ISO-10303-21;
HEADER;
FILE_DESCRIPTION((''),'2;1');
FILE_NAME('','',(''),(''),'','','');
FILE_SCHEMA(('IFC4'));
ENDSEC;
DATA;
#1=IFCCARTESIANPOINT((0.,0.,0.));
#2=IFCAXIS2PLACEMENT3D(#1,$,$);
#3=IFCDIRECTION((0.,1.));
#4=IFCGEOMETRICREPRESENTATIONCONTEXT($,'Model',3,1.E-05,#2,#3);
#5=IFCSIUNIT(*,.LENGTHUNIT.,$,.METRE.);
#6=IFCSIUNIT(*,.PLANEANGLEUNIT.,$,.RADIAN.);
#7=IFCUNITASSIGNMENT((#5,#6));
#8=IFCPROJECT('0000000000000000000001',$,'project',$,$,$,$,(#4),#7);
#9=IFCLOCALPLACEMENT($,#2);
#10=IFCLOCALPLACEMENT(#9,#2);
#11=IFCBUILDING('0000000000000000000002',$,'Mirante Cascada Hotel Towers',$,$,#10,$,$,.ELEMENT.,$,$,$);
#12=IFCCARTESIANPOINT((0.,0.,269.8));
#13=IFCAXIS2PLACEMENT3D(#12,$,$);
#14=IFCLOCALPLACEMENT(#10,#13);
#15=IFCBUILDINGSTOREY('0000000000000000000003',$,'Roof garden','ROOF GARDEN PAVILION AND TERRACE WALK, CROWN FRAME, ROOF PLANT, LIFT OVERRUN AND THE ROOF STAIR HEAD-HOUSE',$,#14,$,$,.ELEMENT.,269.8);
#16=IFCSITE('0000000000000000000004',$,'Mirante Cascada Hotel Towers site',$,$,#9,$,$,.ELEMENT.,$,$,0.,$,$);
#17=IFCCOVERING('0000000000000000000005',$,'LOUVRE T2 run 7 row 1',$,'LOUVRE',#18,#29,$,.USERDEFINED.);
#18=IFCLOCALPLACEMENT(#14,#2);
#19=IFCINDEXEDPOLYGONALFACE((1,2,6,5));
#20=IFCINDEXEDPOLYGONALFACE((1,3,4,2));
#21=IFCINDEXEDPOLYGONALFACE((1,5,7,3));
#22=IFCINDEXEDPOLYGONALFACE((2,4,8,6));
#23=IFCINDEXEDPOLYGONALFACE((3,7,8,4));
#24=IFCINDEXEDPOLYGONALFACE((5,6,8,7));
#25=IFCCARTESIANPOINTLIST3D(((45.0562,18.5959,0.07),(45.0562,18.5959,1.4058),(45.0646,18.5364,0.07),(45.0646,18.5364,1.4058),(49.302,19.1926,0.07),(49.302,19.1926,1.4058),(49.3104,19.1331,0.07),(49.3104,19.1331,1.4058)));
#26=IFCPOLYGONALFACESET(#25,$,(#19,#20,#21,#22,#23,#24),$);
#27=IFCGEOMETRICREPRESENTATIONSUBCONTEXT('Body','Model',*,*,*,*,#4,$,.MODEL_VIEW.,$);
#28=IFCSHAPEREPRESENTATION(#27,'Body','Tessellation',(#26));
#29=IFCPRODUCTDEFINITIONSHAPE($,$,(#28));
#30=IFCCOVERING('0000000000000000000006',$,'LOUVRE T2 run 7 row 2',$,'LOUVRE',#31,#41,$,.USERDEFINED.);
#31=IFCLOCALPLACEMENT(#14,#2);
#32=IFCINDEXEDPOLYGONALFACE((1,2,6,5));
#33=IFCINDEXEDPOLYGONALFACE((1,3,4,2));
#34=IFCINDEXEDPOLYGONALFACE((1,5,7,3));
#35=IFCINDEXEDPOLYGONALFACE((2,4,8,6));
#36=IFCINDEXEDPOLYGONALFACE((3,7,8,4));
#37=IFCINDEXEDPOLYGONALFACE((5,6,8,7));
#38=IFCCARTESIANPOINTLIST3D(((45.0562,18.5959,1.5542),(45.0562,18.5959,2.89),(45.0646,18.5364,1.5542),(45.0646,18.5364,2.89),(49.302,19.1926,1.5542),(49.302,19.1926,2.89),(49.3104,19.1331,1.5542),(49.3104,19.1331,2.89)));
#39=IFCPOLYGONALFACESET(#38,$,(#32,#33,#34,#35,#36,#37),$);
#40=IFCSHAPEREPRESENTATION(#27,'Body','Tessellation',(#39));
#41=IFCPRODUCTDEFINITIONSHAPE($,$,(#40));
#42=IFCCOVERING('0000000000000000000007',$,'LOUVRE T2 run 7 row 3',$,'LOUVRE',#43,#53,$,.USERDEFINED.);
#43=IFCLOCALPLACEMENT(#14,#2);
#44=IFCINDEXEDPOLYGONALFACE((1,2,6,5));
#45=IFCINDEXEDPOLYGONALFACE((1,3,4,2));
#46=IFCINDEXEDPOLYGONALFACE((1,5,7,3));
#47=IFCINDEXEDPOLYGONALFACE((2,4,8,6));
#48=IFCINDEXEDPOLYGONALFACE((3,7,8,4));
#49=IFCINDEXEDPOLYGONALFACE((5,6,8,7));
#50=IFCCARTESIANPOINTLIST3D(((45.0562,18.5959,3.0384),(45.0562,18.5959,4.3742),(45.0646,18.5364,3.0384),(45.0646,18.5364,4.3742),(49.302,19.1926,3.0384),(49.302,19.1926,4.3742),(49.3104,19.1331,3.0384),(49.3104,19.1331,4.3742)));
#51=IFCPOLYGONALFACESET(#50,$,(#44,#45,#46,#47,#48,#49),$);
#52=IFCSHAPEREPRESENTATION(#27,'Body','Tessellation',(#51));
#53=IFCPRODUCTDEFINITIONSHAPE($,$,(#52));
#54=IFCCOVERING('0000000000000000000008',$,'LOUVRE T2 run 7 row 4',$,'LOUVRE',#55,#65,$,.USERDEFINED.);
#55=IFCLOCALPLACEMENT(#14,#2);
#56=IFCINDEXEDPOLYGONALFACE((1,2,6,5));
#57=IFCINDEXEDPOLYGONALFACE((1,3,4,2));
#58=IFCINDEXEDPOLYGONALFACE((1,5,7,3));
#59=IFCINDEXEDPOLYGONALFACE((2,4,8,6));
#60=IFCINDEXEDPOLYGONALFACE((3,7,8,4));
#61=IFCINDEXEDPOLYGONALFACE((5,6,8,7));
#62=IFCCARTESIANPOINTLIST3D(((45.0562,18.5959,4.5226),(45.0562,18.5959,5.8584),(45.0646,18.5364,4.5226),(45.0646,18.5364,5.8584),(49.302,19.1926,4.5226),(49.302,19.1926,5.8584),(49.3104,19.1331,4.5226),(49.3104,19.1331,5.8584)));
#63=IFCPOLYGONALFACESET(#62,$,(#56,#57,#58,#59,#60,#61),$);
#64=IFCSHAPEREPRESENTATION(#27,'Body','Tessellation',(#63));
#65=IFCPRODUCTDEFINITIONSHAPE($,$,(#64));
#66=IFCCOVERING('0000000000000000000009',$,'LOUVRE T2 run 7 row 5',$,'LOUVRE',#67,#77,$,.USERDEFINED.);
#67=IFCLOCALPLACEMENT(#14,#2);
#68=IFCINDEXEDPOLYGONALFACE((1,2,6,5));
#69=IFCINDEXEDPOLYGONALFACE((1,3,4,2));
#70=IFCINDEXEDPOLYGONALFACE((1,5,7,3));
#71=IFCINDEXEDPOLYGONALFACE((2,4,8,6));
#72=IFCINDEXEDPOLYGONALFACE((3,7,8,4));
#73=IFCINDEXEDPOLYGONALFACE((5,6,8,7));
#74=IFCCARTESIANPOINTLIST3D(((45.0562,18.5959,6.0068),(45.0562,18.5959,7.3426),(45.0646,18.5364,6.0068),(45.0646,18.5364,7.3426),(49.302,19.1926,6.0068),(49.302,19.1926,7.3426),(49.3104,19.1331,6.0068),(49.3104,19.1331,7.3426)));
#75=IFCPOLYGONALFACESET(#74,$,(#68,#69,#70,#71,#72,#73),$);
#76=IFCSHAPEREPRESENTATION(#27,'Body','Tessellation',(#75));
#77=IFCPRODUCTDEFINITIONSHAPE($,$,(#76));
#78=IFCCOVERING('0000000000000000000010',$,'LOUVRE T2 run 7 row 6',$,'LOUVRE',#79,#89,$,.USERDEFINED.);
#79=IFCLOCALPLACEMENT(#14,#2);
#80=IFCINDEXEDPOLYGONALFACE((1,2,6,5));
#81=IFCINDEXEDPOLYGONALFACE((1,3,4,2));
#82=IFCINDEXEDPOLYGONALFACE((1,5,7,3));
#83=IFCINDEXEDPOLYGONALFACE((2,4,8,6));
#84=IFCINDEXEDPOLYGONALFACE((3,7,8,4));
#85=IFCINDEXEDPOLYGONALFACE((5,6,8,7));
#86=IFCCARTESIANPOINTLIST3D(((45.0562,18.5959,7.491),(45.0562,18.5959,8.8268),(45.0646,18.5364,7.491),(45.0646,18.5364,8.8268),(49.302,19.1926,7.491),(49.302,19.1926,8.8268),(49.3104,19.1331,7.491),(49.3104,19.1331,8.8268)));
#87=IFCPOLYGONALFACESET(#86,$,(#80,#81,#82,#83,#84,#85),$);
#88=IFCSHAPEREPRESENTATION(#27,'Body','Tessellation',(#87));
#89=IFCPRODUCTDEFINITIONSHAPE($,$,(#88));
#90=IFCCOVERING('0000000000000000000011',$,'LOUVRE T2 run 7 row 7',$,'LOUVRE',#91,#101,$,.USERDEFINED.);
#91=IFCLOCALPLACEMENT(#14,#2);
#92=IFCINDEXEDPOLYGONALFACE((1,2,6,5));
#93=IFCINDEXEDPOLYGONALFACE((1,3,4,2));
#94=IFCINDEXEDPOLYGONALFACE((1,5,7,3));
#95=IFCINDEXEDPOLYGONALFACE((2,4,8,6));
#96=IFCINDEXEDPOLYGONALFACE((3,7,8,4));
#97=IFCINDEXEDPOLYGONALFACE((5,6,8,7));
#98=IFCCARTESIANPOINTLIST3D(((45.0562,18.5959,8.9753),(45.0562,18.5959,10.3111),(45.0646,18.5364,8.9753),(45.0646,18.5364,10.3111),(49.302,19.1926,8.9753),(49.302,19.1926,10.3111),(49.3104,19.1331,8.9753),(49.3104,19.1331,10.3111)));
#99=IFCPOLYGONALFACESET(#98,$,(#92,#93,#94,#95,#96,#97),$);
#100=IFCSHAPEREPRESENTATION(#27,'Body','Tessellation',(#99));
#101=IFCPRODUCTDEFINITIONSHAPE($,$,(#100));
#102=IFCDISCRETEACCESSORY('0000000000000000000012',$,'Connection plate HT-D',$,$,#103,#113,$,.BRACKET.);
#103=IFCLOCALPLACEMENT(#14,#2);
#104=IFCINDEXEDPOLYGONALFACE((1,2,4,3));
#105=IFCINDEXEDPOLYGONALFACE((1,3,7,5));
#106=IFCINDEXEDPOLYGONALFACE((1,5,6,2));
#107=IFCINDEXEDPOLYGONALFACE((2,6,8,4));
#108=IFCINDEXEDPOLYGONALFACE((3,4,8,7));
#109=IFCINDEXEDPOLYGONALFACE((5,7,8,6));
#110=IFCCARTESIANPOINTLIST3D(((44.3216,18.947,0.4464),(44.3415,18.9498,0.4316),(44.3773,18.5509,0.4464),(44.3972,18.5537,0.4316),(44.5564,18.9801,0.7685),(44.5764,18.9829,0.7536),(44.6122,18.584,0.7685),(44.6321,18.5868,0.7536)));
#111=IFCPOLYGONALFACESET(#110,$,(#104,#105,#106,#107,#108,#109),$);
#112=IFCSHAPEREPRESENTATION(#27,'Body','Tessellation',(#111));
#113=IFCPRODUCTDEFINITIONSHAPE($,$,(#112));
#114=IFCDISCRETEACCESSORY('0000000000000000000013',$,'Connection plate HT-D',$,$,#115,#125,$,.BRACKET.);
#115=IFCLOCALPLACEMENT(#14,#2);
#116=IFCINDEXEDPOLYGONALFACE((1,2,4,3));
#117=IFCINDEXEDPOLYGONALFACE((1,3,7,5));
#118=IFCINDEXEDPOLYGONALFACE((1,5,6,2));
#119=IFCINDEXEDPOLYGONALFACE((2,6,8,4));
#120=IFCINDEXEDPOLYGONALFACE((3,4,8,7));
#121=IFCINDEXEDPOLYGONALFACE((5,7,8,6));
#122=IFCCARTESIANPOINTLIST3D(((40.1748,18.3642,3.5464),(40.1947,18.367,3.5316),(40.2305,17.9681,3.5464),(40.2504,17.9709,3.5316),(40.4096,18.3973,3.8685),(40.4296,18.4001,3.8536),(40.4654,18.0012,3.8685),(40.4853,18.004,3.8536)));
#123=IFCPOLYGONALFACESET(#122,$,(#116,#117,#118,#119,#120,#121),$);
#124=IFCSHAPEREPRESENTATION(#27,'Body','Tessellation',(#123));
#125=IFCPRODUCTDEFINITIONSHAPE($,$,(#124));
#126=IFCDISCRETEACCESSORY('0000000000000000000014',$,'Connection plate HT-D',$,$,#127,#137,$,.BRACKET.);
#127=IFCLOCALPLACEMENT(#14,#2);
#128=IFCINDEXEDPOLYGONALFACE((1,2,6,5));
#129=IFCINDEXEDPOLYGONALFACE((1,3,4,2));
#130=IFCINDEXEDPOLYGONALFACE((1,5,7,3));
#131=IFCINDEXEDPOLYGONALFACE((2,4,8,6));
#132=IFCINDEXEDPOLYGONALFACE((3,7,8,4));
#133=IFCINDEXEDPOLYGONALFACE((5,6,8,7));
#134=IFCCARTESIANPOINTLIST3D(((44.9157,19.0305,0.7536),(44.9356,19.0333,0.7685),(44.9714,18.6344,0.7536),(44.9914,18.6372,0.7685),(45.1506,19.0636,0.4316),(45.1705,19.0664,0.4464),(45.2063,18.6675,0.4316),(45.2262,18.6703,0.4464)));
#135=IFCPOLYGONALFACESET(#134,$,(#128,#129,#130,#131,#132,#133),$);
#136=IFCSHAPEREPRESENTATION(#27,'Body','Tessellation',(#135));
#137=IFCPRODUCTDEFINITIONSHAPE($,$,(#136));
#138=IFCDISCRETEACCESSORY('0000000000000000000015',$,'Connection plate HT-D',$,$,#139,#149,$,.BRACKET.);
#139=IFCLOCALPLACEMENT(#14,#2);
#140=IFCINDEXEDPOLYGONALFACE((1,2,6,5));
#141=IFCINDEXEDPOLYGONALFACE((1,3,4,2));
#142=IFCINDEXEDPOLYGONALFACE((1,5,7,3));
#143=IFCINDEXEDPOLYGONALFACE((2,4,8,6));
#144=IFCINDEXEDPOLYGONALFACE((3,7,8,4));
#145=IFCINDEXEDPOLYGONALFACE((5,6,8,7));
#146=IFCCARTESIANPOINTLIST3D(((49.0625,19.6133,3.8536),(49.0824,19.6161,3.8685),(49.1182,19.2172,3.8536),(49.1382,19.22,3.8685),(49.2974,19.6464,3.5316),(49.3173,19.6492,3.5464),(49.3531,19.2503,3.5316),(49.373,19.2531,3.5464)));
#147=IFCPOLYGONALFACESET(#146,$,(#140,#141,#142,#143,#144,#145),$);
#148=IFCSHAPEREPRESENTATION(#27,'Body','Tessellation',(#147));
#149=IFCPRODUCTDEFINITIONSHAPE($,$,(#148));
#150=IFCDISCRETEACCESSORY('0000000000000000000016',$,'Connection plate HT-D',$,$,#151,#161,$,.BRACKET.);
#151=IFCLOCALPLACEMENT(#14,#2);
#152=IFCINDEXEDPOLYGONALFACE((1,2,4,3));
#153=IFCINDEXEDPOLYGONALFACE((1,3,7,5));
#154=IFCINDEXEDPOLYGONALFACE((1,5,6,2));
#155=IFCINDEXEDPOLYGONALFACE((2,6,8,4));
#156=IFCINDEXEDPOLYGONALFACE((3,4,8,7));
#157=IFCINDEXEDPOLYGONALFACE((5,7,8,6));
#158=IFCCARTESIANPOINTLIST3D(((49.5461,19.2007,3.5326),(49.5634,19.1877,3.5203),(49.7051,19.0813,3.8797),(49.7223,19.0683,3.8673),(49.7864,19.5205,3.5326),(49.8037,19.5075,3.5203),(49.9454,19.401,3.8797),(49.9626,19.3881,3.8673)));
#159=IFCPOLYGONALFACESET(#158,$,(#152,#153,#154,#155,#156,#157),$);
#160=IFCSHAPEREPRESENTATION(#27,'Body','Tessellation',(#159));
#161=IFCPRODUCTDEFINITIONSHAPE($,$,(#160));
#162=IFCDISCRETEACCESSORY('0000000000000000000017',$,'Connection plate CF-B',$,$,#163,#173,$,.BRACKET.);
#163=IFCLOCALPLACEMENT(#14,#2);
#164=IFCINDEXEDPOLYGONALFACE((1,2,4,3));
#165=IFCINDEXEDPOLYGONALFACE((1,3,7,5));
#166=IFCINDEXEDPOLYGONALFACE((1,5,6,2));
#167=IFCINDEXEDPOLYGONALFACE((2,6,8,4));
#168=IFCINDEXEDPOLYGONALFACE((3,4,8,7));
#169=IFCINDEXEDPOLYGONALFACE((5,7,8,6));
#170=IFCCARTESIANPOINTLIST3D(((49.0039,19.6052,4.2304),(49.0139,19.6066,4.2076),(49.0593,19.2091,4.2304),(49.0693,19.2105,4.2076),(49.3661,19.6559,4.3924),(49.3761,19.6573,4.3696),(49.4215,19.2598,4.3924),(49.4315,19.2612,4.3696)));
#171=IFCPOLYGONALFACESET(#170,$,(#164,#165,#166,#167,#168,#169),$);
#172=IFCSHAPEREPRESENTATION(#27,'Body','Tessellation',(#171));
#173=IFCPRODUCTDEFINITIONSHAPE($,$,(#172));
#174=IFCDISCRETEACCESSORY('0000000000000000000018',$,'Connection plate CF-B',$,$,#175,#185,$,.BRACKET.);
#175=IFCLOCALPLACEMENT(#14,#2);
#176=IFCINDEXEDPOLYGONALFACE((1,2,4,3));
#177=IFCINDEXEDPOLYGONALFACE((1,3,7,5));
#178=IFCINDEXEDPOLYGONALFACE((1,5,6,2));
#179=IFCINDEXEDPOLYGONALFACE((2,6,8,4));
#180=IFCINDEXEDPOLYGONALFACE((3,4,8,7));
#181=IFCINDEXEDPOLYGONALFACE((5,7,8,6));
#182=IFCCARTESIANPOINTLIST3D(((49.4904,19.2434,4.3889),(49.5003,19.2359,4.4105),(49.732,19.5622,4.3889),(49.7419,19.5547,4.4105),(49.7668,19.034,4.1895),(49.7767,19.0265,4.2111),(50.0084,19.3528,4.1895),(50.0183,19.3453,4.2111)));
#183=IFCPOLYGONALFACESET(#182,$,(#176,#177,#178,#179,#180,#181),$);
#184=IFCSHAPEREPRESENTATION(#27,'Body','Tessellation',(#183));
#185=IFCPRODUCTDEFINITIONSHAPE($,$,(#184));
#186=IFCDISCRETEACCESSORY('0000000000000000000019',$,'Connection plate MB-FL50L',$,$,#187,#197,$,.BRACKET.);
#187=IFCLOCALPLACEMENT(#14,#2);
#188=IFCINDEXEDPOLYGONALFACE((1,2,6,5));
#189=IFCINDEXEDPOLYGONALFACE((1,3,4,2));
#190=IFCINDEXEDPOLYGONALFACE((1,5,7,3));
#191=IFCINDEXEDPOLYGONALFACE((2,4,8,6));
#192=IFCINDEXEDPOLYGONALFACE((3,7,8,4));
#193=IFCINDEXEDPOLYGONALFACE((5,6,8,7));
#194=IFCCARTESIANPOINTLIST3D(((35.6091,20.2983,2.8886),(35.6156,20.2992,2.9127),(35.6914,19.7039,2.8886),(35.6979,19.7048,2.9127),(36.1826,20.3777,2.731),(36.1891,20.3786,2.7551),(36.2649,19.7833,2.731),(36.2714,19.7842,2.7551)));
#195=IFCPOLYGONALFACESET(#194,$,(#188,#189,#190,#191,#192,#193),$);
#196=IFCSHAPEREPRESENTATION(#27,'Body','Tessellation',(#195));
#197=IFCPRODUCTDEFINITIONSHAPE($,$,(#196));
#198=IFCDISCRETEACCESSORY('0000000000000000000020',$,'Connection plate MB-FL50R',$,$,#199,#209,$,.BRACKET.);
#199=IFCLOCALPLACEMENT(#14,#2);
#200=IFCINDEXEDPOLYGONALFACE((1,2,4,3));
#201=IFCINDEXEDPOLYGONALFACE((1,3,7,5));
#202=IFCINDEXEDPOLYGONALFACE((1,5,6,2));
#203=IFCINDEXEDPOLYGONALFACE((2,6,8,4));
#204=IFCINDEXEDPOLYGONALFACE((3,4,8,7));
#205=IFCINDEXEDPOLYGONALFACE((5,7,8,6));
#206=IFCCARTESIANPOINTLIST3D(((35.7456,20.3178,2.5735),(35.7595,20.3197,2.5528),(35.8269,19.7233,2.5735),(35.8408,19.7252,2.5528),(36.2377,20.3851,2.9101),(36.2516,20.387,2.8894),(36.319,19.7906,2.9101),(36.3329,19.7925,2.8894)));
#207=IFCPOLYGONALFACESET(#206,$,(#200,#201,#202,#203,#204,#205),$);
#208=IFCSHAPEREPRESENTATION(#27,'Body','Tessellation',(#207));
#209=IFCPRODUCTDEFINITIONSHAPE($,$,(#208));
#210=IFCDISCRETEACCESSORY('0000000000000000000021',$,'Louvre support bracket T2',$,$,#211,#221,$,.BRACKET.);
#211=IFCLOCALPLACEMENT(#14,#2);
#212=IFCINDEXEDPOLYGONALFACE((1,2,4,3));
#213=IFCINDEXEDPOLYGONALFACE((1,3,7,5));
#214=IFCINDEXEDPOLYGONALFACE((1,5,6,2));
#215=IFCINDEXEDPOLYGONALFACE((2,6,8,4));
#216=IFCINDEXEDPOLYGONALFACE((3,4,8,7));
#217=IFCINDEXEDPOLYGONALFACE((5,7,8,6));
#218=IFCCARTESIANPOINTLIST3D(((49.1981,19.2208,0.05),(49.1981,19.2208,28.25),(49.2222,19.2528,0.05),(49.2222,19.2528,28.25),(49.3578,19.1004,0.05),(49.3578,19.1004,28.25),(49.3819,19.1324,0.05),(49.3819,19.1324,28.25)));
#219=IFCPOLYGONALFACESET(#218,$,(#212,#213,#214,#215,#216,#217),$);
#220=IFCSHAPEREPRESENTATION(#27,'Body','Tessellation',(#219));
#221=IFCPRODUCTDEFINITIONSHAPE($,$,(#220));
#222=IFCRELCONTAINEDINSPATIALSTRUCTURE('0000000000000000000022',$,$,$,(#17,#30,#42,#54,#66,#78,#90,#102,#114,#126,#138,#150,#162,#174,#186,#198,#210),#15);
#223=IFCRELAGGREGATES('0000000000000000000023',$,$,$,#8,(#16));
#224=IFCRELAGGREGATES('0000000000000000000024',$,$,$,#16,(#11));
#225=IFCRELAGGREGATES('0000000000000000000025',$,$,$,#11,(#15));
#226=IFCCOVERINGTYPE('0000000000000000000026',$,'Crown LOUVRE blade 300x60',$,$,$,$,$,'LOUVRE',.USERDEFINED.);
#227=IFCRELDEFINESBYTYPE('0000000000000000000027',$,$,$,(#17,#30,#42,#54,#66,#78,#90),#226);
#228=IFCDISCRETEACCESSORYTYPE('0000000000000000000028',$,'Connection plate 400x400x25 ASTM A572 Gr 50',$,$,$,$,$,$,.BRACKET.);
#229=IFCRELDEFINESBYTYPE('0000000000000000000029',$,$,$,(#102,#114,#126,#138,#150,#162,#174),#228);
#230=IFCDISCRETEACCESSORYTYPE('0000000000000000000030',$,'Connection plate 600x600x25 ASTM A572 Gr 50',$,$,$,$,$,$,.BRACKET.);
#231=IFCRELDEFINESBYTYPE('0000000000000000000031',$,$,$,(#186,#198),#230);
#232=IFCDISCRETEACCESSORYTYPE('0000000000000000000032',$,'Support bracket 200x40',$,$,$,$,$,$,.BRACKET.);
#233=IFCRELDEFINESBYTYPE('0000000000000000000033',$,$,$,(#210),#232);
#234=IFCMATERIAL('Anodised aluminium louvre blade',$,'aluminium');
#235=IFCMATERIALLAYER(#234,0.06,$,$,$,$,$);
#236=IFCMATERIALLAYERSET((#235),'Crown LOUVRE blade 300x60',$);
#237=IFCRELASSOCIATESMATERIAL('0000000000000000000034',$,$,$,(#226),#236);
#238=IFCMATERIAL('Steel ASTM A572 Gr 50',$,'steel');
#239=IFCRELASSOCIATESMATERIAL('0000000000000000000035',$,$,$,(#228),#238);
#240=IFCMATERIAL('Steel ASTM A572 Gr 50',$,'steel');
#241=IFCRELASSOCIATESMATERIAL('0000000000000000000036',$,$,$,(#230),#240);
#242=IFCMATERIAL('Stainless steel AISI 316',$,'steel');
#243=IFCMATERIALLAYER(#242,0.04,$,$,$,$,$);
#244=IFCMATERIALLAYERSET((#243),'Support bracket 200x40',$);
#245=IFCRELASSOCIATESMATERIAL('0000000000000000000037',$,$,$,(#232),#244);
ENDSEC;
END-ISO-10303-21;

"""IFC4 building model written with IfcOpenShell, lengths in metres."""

from ifc_helpers import new_model, si_unit, direction, frame, origin, origin_2d, place, context, subcontext, project, spatial, rectangle, extrude, material, layer, layer_set, material_profile, profile_set, type_object, element, save


model = new_model("IFC4")

# Units and contexts
model_context = context("Model", 3, precision=1e-05, world=origin(), true_north=direction((0.0, 1.0)))
body_context = subcontext(model_context, "Body", "Model", "MODEL_VIEW")
ifc_project = project(units=[si_unit("LENGTHUNIT", "METRE"), si_unit("PLANEANGLEUNIT", "RADIAN")], contexts=[model_context])

# Site, building, storey
site_placement = place(None, origin())
site = spatial("IfcSite", under=ifc_project, at=site_placement, Name="Mirante Cascada Hotel Towers site", CompositionType="ELEMENT", RefElevation=0.0)
building_placement = place(site_placement, origin())
building = spatial("IfcBuilding", under=site, at=building_placement, Name="Mirante Cascada Hotel Towers", CompositionType="ELEMENT")
storey_placement = place(building_placement, frame((0.0, 0.0, 269.8)))
storey = spatial("IfcBuildingStorey", under=building, at=storey_placement, Name="Roof garden", Description="ROOF GARDEN PAVILION AND TERRACE WALK, CROWN FRAME, ROOF PLANT, LIFT OVERRUN AND THE ROOF STAIR HEAD-HOUSE", CompositionType="ELEMENT", Elevation=269.8)

# Coverings
ifc_material_1 = material(Name="Anodised aluminium louvre blade", Category="aluminium")
ifc_layer_1 = layer(ifc_material_1, 0.06)
ifc_layer_set_1 = layer_set([ifc_layer_1], Name="Crown LOUVRE blade 300x60")
covering_type = type_object("IfcCoveringType", Name="Crown LOUVRE blade 300x60", ElementType="LOUVRE", PredefinedType="USERDEFINED", material=ifc_layer_set_1)
for number, where, z_axis, x_axis, name in (
    (1, (47.1833, 18.8645, 0.07), (0.0, 0.0, 1.0), (0.990268, 0.139173, 0.0), "LOUVRE T2 run 7 row 1"),
    (2, (47.1833, 18.8645, 1.5542), (0.0, 0.0, 1.0), (0.990268, 0.139173, 0.0), "LOUVRE T2 run 7 row 2"),
    (3, (47.1833, 18.8645, 3.0384), (0.0, 0.0, 1.0), (0.990268, 0.139173, 0.0), "LOUVRE T2 run 7 row 3"),
    (4, (47.1833, 18.8645, 4.5226), (0.0, 0.0, 1.0), (0.990268, 0.139173, 0.0), "LOUVRE T2 run 7 row 4"),
    (5, (47.1833, 18.8645, 6.0068), (0.0, 0.0, 1.0), (0.990268, 0.139173, 0.0), "LOUVRE T2 run 7 row 5"),
    (6, (47.1833, 18.8645, 7.491), (0.0, 0.0, 1.0), (0.990268, 0.139173, 0.0), "LOUVRE T2 run 7 row 6"),
    (7, (47.1833, 18.8645, 8.9753), (0.0, 0.0, 1.0), (0.990268, 0.139173, 0.0), "LOUVRE T2 run 7 row 7"),
):
    element("IfcCovering", number, at=place(storey_placement, frame(where, z_axis=z_axis, x_axis=x_axis)), inside=storey, type_object=covering_type, Name=name, ObjectType="LOUVRE", PredefinedType="USERDEFINED", context=body_context, shape_type="SweptSolid", body=[
        extrude(rectangle(XDim=4.2875, YDim=0.06, at=origin_2d()), origin(), (0.0, 0.0, 1.0), 1.3358),
    ])

# Discrete accessories
ifc_material_2 = material(Name="Steel ASTM A572 Gr 50", Category="steel")
ifc_material_profile_1 = material_profile(ifc_material_2, rectangle(XDim=0.4, YDim=0.4, at=origin_2d()), Name="Connection plate 400x400x25 ASTM A572 Gr 50")
ifc_profile_set_1 = profile_set([ifc_material_profile_1], Name="Steel ASTM A572 Gr 50")
discrete_accessory_type_1 = type_object("IfcDiscreteAccessoryType", Name="Connection plate 400x400x25 ASTM A572 Gr 50", PredefinedType="BRACKET", material=ifc_profile_set_1)
for number, where, z_axis, x_axis, name in (
    (8, (44.4868, 18.7683, 0.5926), (-0.797347, -0.112189, 0.593002), (0.139331, -0.990246, 0.0), "Connection plate HT-D"),
    (9, (40.34, 18.1855, 3.6926), (-0.797347, -0.112189, 0.593002), (0.139331, -0.990246, 0.0), "Connection plate HT-D"),
    (10, (45.061, 18.849, 0.5926), (0.797347, 0.112189, 0.593002), (-0.139331, 0.990246, 0.0), "Connection plate HT-D"),
    (11, (49.2078, 19.4318, 3.6926), (0.797347, 0.112189, 0.593002), (-0.139331, 0.990246, 0.0), "Connection plate HT-D"),
):
    element("IfcDiscreteAccessory", number, at=place(storey_placement, frame(where, z_axis=z_axis, x_axis=x_axis)), inside=storey, type_object=discrete_accessory_type_1, Name=name, PredefinedType="BRACKET", context=body_context, shape_type="SweptSolid", body=[
        extrude(rectangle(XDim=0.4, YDim=0.4, at=origin_2d()), origin(), (0.0, 0.0, 1.0), 0.025),
    ])
for number, where, z_axis, x_axis, name in (
    (12, (49.763, 19.2879, 3.6938), (-0.693639, 0.521232, 0.497175), (-0.600739, -0.799445, 0.0), "Connection plate HT-D"),
    (13, (49.2227, 19.4339, 4.2886), (-0.401028, -0.056144, 0.914344), (0.138648, -0.990342, 0.0), "Connection plate CF-B"),
    (14, (49.7494, 19.2981, 4.2892), (0.397331, -0.301008, 0.866904), (0.603858, 0.797092, 0.0), "Connection plate CF-B"),
):
    element("IfcDiscreteAccessory", number, at=place(storey_placement, frame(where, z_axis=z_axis, x_axis=x_axis)), inside=storey, type_object=discrete_accessory_type_1, Name=name, PredefinedType="BRACKET", context=body_context, shape_type="SweptSolid", body=[
        extrude(rectangle(XDim=0.4, YDim=0.4, at=origin_2d()), origin(), (0.0, 0.0, 1.0), 0.0249),
    ])
ifc_material_3 = material(Name="Steel ASTM A572 Gr 50", Category="steel")
ifc_material_profile_2 = material_profile(ifc_material_3, rectangle(XDim=0.6, YDim=0.6, at=origin_2d()), Name="Connection plate 600x600x25 ASTM A572 Gr 50")
ifc_profile_set_2 = profile_set([ifc_material_profile_2], Name="Steel ASTM A572 Gr 50")
discrete_accessory_type_2 = type_object("IfcDiscreteAccessoryType", Name="Connection plate 600x600x25 ASTM A572 Gr 50", PredefinedType="BRACKET", material=ifc_profile_set_2)
for number, where, z_axis, x_axis, name in (
    (15, (35.937, 20.0408, 2.8098), (0.260235, 0.036033, 0.964873), (-0.137153, 0.99055, 0.0), "Connection plate MB-FL50L"),
    (16, (36.0462, 20.0561, 2.7211), (-0.555862, -0.075981, 0.827795), (0.135431, -0.990787, 0.0), "Connection plate MB-FL50R"),
):
    element("IfcDiscreteAccessory", number, at=place(storey_placement, frame(where, z_axis=z_axis, x_axis=x_axis)), inside=storey, type_object=discrete_accessory_type_2, Name=name, PredefinedType="BRACKET", context=body_context, shape_type="SweptSolid", body=[
        extrude(rectangle(XDim=0.6, YDim=0.6, at=origin_2d()), origin(), (0.0, 0.0, 1.0), 0.025),
    ])
ifc_material_4 = material(Name="Stainless steel AISI 316", Category="steel")
ifc_layer_2 = layer(ifc_material_4, 0.04)
ifc_layer_set_2 = layer_set([ifc_layer_2], Name="Support bracket 200x40")
discrete_accessory_type_3 = type_object("IfcDiscreteAccessoryType", Name="Support bracket 200x40", PredefinedType="BRACKET", material=ifc_layer_set_2)
discrete_accessory_placement = place(storey_placement, frame((49.29, 19.1766, 0.05), z_axis=(0.0, 0.0, 1.0), x_axis=(0.798636, -0.601815, 0.0)))
element("IfcDiscreteAccessory", 17, at=discrete_accessory_placement, inside=storey, type_object=discrete_accessory_type_3, Name="Louvre support bracket T2", PredefinedType="BRACKET", context=body_context, shape_type="SweptSolid", body=[
    extrude(rectangle(XDim=0.2, YDim=0.04, at=origin_2d()), origin(), (0.0, 0.0, 1.0), 28.2),
])

save(model, "model.ifc")
